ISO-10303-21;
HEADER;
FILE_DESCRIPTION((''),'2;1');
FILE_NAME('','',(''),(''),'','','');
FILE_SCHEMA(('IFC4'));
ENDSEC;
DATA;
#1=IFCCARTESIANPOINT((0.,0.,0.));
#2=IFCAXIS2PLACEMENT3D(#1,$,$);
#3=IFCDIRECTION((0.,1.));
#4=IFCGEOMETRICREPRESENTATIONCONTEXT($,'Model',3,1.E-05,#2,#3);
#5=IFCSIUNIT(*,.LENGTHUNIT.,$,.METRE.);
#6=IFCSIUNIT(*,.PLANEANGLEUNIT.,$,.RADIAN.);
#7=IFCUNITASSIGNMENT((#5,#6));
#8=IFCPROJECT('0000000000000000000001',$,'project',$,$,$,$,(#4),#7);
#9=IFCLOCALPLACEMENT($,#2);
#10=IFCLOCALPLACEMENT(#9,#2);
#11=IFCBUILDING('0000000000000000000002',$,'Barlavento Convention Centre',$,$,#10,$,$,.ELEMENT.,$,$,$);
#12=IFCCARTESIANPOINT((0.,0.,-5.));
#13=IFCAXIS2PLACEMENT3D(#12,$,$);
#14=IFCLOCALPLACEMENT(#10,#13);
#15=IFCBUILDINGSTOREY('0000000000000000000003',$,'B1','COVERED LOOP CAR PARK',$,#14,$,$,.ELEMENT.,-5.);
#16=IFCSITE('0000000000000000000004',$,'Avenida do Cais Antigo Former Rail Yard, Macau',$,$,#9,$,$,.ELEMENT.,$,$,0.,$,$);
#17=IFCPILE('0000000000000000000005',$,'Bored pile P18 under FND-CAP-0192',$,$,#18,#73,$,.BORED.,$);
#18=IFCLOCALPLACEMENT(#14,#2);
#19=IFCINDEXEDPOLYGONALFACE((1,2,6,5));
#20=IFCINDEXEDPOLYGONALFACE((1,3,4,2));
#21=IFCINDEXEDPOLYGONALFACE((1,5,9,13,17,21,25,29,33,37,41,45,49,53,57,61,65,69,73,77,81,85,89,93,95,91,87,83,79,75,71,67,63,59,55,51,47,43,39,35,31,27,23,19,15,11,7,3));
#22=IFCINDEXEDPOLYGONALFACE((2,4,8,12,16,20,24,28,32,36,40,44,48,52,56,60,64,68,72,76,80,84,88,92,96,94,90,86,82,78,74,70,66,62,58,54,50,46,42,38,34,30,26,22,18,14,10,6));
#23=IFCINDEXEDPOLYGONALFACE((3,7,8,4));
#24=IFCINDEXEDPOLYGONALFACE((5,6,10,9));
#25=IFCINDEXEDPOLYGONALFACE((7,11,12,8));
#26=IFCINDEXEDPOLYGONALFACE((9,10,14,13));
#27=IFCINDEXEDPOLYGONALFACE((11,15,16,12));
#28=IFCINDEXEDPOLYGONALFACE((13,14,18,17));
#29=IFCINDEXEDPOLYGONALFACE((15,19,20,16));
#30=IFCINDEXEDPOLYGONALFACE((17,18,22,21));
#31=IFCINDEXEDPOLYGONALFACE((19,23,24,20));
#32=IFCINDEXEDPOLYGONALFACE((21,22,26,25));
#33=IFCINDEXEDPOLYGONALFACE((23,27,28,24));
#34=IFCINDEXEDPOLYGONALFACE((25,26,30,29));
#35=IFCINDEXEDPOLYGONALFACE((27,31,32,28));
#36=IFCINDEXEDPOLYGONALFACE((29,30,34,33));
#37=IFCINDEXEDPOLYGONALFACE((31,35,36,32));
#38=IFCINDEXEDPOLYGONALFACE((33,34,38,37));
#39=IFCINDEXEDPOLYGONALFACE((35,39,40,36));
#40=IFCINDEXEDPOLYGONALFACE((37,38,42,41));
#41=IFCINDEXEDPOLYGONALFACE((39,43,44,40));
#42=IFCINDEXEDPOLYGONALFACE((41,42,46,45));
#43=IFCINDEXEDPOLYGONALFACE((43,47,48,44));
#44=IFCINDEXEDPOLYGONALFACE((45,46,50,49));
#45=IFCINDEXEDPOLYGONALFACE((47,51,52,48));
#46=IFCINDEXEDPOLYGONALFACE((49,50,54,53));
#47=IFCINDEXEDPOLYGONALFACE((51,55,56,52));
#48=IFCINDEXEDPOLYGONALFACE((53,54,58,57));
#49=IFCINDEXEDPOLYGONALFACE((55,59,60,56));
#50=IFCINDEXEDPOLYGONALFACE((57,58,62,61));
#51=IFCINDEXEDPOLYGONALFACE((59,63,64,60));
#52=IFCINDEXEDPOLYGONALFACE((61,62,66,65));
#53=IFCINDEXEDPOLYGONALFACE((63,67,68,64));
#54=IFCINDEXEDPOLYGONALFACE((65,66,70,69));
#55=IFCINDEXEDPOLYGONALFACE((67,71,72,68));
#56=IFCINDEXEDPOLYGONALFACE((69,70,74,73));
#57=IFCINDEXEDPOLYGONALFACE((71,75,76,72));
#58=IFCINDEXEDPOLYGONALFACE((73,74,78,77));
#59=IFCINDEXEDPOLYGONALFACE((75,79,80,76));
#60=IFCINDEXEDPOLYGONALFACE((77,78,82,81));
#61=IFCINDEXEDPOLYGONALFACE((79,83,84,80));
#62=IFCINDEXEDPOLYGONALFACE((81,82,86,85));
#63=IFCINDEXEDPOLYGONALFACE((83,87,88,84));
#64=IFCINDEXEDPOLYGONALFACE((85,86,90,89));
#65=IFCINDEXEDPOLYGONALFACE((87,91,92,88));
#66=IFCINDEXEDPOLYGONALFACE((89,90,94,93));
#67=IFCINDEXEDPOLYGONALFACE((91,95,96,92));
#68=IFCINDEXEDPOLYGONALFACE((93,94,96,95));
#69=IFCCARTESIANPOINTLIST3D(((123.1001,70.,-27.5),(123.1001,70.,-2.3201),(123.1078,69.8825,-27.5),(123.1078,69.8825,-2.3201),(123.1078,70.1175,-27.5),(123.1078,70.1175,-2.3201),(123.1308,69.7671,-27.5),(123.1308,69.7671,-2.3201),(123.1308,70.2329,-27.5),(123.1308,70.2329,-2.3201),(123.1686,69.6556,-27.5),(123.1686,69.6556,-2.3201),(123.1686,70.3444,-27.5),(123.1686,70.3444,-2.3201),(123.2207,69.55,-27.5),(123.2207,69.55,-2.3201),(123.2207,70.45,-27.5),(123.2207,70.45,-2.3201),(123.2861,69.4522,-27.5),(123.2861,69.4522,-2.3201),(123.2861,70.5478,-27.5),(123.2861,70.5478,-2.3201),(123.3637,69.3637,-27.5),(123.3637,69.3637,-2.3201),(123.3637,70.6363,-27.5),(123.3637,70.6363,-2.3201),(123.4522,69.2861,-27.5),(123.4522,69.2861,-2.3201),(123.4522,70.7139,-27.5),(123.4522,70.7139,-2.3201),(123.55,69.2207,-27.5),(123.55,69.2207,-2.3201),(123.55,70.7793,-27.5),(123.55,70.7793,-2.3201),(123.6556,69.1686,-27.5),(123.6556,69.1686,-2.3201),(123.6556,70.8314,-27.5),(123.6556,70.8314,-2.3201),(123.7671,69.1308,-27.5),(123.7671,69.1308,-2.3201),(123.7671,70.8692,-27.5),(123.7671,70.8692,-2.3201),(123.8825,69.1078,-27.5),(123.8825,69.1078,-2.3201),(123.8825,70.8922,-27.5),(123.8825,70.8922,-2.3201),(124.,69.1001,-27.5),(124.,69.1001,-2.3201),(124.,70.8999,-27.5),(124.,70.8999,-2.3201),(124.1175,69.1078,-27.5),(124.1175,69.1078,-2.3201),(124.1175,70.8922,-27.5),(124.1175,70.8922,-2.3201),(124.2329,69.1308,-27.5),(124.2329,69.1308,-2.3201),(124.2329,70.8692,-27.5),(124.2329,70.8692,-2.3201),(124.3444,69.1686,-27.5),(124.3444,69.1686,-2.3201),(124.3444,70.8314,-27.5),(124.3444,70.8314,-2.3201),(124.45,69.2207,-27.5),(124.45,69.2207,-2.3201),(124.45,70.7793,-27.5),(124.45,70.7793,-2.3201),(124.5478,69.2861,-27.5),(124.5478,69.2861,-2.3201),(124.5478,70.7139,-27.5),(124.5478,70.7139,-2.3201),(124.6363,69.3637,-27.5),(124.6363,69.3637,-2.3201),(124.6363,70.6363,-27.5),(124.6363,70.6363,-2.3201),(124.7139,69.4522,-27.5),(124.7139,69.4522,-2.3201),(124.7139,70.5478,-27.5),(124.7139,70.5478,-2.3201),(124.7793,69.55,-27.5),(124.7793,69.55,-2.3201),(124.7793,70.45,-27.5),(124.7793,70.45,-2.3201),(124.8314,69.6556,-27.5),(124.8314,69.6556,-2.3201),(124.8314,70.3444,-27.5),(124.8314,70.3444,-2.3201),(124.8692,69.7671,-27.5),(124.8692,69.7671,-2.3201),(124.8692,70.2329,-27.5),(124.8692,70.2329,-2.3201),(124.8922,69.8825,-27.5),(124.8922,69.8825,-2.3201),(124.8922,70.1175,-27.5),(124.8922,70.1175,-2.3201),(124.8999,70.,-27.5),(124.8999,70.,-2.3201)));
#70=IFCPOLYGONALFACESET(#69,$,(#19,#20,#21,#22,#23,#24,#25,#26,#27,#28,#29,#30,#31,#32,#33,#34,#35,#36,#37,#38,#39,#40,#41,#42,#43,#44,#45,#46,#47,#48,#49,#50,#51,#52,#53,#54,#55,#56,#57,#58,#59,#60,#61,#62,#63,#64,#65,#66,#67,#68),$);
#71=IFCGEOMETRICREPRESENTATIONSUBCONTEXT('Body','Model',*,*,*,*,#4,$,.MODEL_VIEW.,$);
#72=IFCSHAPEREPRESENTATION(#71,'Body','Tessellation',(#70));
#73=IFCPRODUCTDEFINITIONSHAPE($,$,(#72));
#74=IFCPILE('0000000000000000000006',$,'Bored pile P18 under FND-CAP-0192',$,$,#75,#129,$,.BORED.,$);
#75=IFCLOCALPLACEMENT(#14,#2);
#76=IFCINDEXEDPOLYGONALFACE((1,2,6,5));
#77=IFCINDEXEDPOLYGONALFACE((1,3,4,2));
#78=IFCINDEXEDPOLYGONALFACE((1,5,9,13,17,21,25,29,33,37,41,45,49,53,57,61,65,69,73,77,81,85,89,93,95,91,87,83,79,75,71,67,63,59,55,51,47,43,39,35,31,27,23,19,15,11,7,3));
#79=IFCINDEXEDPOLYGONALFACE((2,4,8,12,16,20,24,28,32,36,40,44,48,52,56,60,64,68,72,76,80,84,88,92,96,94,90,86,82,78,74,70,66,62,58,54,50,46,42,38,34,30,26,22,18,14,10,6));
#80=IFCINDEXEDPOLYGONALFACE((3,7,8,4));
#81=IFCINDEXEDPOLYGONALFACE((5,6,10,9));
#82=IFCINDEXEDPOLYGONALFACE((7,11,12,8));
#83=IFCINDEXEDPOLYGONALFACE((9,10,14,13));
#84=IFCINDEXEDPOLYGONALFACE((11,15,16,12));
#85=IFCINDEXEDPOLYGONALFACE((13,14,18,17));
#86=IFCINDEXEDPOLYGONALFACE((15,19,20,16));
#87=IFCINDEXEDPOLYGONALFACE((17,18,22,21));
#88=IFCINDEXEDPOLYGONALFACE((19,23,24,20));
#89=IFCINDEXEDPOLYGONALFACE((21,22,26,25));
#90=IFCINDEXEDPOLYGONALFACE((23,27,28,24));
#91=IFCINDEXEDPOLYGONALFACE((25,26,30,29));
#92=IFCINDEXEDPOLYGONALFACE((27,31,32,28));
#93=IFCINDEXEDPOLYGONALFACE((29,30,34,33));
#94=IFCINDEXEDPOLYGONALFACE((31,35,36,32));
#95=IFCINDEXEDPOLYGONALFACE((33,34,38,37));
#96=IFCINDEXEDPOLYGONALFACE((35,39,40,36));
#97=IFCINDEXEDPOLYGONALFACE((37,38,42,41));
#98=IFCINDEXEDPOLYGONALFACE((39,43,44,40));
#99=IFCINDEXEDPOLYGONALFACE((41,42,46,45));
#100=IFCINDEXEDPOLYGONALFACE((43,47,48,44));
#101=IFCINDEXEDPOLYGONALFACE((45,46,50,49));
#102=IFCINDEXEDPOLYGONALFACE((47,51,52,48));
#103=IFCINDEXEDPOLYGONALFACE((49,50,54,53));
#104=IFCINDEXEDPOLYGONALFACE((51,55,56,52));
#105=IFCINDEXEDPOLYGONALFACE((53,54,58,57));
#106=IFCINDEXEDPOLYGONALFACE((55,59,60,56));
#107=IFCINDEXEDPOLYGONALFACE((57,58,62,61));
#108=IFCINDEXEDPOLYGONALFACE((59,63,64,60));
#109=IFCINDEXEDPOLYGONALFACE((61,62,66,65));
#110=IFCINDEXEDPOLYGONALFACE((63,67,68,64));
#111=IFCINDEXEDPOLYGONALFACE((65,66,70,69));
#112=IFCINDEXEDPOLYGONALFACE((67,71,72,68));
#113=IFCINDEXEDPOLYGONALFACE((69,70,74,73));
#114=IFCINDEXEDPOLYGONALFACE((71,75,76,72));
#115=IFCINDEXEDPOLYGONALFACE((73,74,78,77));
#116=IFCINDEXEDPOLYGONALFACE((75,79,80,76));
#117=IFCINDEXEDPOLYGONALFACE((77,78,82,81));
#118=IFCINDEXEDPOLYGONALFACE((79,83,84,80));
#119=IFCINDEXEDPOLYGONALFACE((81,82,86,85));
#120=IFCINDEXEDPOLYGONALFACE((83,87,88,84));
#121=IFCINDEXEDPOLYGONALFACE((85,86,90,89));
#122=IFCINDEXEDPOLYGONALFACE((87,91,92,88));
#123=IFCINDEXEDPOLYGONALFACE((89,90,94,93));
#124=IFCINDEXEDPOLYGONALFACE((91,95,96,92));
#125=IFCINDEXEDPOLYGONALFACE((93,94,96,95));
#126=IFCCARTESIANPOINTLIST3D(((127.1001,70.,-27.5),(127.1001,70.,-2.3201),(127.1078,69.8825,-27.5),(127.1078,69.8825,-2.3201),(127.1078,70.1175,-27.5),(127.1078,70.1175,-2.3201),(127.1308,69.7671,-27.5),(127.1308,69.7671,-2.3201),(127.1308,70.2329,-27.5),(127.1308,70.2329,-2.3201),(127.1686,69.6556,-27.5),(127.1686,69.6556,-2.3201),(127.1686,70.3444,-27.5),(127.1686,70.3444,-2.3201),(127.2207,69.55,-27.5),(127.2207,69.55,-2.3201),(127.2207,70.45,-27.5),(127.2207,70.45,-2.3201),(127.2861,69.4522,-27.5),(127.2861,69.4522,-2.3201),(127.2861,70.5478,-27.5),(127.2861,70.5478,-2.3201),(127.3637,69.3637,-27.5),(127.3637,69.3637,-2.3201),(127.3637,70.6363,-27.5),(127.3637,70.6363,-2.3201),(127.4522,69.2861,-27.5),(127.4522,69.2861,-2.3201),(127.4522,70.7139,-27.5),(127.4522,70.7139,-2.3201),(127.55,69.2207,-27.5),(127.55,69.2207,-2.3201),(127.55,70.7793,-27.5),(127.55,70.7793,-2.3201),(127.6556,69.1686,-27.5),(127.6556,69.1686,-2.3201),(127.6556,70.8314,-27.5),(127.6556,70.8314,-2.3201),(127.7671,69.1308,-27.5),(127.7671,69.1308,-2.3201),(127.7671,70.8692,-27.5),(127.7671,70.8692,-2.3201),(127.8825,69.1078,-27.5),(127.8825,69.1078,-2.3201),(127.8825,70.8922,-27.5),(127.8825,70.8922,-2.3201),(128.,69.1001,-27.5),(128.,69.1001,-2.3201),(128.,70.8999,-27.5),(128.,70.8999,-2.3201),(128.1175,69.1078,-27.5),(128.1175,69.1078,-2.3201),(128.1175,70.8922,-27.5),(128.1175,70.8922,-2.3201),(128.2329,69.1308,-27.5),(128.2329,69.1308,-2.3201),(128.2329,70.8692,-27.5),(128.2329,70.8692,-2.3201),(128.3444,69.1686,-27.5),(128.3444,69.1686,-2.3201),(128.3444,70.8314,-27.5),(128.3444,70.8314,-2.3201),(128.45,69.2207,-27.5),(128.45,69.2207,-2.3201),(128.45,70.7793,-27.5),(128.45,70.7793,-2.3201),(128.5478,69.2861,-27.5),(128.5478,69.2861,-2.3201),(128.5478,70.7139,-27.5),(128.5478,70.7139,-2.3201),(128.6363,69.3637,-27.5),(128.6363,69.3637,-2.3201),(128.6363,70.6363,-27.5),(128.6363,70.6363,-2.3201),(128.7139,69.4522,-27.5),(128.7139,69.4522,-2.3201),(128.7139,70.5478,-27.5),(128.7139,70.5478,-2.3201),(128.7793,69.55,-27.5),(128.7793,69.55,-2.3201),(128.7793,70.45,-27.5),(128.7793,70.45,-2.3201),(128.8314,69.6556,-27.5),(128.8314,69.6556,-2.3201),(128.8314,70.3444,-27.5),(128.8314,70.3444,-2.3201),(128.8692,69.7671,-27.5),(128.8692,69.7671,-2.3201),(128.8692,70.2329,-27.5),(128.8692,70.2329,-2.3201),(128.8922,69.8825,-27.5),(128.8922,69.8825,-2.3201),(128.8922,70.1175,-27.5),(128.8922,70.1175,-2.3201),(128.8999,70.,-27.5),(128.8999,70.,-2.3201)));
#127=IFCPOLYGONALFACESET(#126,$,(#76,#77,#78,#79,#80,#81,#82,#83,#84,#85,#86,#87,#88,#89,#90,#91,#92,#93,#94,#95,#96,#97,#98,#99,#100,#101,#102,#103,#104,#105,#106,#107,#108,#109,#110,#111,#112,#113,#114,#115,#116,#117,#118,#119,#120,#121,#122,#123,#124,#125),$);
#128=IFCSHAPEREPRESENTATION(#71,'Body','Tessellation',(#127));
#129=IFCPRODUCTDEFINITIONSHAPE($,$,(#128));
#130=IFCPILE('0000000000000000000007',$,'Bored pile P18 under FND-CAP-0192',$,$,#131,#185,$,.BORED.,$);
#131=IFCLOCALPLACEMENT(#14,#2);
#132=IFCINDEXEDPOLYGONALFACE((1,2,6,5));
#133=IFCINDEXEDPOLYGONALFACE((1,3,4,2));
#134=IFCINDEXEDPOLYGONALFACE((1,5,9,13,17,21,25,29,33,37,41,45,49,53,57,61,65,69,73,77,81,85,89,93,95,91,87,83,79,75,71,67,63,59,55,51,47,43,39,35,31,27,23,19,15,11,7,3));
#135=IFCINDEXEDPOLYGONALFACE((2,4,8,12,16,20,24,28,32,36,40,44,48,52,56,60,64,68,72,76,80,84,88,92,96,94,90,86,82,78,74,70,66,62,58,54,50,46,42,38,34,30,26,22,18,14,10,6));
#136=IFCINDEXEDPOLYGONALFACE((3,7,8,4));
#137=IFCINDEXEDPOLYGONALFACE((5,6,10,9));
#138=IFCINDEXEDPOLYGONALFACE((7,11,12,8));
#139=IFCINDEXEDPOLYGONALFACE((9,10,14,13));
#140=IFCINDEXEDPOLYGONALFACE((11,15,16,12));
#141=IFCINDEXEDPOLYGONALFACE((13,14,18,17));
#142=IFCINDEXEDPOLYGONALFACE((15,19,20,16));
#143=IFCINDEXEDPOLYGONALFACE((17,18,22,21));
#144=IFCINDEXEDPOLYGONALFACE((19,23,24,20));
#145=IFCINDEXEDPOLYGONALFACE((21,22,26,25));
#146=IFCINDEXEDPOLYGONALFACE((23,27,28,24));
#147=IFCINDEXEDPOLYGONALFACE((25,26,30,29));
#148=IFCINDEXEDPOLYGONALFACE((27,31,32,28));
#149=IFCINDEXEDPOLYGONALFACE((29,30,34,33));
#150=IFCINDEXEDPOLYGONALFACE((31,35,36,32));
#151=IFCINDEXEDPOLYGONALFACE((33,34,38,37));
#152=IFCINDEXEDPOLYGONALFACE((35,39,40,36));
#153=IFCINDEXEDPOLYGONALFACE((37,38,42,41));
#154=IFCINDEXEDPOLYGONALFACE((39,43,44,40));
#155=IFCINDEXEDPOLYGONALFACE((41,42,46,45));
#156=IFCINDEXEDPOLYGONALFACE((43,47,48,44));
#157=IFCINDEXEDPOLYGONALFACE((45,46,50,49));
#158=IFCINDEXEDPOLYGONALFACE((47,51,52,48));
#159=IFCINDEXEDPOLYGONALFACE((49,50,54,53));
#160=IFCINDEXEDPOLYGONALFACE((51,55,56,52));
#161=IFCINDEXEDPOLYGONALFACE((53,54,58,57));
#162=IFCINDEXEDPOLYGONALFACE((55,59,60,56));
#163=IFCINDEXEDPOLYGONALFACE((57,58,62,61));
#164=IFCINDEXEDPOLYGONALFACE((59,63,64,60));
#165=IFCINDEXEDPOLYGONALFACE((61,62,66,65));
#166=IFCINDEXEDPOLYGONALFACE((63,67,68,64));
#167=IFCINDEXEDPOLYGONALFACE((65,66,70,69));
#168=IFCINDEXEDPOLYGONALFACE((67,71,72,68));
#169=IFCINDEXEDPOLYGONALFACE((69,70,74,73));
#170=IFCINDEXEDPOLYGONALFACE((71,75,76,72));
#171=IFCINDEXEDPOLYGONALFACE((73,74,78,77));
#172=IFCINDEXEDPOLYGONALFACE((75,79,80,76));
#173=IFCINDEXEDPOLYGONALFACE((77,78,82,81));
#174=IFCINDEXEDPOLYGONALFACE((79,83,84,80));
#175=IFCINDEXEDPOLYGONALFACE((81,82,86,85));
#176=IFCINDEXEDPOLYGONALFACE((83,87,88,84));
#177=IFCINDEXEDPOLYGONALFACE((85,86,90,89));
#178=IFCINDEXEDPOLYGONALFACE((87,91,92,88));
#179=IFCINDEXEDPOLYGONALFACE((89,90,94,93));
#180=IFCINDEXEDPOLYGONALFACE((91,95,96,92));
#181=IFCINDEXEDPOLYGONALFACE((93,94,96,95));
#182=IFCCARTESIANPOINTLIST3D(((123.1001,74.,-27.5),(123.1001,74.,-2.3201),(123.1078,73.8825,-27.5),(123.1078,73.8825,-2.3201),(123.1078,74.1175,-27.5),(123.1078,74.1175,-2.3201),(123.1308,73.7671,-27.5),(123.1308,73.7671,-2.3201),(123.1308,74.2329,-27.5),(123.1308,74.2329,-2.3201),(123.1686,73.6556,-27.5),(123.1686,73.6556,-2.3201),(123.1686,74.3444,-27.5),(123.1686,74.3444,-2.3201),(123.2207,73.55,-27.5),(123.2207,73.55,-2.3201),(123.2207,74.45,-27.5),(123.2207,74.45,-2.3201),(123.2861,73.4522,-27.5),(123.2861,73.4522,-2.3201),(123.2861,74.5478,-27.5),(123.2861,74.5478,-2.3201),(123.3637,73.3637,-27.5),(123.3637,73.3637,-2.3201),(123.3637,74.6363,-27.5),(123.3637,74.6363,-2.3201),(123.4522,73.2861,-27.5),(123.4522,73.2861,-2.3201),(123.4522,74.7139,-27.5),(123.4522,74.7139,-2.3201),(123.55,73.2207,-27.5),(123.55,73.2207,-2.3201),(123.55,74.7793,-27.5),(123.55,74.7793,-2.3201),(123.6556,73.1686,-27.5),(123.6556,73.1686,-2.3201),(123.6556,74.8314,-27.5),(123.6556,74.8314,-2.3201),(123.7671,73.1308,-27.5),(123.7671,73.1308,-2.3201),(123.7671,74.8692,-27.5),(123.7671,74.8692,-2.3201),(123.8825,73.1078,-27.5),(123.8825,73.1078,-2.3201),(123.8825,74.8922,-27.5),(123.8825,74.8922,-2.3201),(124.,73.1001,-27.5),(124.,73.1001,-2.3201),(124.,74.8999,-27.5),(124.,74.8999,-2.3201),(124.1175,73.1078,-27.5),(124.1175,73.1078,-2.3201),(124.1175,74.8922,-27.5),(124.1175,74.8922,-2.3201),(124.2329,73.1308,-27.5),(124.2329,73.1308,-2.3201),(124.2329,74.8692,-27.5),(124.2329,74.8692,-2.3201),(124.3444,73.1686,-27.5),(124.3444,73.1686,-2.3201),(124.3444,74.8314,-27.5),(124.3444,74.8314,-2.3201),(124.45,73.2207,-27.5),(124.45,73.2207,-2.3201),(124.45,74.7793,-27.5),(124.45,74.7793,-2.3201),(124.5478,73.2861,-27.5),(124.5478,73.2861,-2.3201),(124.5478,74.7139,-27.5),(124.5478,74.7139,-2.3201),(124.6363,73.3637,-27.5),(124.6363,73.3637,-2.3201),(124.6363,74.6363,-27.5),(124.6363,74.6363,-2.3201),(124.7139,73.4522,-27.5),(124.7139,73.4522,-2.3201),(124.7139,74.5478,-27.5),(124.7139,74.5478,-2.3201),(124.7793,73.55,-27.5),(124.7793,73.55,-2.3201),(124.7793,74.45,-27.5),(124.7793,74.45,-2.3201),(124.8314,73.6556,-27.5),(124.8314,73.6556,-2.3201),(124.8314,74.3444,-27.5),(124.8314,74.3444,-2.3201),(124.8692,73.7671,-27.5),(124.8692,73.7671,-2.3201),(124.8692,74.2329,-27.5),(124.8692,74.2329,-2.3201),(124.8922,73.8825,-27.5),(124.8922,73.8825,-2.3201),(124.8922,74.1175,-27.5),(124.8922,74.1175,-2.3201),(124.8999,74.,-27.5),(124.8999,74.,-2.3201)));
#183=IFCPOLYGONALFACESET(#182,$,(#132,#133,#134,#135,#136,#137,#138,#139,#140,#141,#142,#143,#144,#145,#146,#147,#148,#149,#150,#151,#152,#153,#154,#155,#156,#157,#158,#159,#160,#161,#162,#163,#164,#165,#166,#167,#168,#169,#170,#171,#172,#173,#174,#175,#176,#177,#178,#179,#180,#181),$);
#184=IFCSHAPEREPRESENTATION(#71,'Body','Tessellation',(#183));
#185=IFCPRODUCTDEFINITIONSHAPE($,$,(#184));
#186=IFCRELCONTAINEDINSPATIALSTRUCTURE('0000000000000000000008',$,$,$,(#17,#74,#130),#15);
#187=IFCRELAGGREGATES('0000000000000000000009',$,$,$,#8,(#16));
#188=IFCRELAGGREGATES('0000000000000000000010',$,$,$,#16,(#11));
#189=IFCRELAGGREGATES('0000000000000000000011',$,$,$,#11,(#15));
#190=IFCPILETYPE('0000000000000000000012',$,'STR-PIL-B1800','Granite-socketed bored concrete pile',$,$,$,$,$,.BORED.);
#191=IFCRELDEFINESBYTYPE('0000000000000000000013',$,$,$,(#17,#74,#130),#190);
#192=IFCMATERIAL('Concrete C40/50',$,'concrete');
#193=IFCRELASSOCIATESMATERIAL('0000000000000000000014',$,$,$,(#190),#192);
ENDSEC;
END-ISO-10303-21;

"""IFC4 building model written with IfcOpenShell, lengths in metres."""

from ifc_helpers import new_model, si_unit, direction, frame, origin, origin_2d, place, context, subcontext, project, spatial, circle, extrude, material, material_profile, profile_set, type_object, element, save


model = new_model("IFC4")

# Units and contexts
model_context = context("Model", 3, precision=1e-05, world=origin(), true_north=direction((0.0, 1.0)))
body_context = subcontext(model_context, "Body", "Model", "MODEL_VIEW")
ifc_project = project(units=[si_unit("LENGTHUNIT", "METRE"), si_unit("PLANEANGLEUNIT", "RADIAN")], contexts=[model_context])

# Site, building, storey
site_placement = place(None, origin())
site = spatial("IfcSite", under=ifc_project, at=site_placement, Name="Avenida do Cais Antigo Former Rail Yard, Macau", CompositionType="ELEMENT", RefElevation=0.0)
building_placement = place(site_placement, origin())
building = spatial("IfcBuilding", under=site, at=building_placement, Name="Barlavento Convention Centre", CompositionType="ELEMENT")
storey_placement = place(building_placement, frame((0.0, 0.0, -5.0)))
storey = spatial("IfcBuildingStorey", under=building, at=storey_placement, Name="B1", Description="COVERED LOOP CAR PARK", CompositionType="ELEMENT", Elevation=-5.0)

# Shared definitions
ifc_material_1 = material(Name="Concrete C40/50", Category="concrete")

# Piles
ifc_material_profile_1 = material_profile(ifc_material_1, circle(Radius=0.8999, at=origin_2d()), Name="BORED PILE 1800")
ifc_profile_set_1 = profile_set([ifc_material_profile_1], Name="Concrete C40/50")
pile_type_1 = type_object("IfcPileType", Name="STR-PIL-B1800", Description="Granite-socketed bored concrete pile", PredefinedType="BORED", material=ifc_profile_set_1)
for number, where, z_axis, x_axis, name in (
    (1, (124.0, 70.0, -2.3201), (0.0, 0.0, -1.0), (1.0, 0.0, 0.0), "Bored pile P18 under FND-CAP-0192"),
    (2, (128.0, 70.0, -2.3201), (0.0, 0.0, -1.0), (1.0, 0.0, 0.0), "Bored pile P18 under FND-CAP-0192"),
    (3, (124.0, 74.0, -2.3201), (0.0, 0.0, -1.0), (1.0, 0.0, 0.0), "Bored pile P18 under FND-CAP-0192"),
):
    element("IfcPile", number, at=place(storey_placement, frame(where, z_axis=z_axis, x_axis=x_axis)), inside=storey, type_object=pile_type_1, Name=name, PredefinedType="BORED", context=body_context, shape_type="SweptSolid", body=[
        extrude(circle(Radius=0.8999, at=origin_2d()), origin(), (0.0, 0.0, 1.0), 25.1799),
    ])

save(model, "model.ifc")
